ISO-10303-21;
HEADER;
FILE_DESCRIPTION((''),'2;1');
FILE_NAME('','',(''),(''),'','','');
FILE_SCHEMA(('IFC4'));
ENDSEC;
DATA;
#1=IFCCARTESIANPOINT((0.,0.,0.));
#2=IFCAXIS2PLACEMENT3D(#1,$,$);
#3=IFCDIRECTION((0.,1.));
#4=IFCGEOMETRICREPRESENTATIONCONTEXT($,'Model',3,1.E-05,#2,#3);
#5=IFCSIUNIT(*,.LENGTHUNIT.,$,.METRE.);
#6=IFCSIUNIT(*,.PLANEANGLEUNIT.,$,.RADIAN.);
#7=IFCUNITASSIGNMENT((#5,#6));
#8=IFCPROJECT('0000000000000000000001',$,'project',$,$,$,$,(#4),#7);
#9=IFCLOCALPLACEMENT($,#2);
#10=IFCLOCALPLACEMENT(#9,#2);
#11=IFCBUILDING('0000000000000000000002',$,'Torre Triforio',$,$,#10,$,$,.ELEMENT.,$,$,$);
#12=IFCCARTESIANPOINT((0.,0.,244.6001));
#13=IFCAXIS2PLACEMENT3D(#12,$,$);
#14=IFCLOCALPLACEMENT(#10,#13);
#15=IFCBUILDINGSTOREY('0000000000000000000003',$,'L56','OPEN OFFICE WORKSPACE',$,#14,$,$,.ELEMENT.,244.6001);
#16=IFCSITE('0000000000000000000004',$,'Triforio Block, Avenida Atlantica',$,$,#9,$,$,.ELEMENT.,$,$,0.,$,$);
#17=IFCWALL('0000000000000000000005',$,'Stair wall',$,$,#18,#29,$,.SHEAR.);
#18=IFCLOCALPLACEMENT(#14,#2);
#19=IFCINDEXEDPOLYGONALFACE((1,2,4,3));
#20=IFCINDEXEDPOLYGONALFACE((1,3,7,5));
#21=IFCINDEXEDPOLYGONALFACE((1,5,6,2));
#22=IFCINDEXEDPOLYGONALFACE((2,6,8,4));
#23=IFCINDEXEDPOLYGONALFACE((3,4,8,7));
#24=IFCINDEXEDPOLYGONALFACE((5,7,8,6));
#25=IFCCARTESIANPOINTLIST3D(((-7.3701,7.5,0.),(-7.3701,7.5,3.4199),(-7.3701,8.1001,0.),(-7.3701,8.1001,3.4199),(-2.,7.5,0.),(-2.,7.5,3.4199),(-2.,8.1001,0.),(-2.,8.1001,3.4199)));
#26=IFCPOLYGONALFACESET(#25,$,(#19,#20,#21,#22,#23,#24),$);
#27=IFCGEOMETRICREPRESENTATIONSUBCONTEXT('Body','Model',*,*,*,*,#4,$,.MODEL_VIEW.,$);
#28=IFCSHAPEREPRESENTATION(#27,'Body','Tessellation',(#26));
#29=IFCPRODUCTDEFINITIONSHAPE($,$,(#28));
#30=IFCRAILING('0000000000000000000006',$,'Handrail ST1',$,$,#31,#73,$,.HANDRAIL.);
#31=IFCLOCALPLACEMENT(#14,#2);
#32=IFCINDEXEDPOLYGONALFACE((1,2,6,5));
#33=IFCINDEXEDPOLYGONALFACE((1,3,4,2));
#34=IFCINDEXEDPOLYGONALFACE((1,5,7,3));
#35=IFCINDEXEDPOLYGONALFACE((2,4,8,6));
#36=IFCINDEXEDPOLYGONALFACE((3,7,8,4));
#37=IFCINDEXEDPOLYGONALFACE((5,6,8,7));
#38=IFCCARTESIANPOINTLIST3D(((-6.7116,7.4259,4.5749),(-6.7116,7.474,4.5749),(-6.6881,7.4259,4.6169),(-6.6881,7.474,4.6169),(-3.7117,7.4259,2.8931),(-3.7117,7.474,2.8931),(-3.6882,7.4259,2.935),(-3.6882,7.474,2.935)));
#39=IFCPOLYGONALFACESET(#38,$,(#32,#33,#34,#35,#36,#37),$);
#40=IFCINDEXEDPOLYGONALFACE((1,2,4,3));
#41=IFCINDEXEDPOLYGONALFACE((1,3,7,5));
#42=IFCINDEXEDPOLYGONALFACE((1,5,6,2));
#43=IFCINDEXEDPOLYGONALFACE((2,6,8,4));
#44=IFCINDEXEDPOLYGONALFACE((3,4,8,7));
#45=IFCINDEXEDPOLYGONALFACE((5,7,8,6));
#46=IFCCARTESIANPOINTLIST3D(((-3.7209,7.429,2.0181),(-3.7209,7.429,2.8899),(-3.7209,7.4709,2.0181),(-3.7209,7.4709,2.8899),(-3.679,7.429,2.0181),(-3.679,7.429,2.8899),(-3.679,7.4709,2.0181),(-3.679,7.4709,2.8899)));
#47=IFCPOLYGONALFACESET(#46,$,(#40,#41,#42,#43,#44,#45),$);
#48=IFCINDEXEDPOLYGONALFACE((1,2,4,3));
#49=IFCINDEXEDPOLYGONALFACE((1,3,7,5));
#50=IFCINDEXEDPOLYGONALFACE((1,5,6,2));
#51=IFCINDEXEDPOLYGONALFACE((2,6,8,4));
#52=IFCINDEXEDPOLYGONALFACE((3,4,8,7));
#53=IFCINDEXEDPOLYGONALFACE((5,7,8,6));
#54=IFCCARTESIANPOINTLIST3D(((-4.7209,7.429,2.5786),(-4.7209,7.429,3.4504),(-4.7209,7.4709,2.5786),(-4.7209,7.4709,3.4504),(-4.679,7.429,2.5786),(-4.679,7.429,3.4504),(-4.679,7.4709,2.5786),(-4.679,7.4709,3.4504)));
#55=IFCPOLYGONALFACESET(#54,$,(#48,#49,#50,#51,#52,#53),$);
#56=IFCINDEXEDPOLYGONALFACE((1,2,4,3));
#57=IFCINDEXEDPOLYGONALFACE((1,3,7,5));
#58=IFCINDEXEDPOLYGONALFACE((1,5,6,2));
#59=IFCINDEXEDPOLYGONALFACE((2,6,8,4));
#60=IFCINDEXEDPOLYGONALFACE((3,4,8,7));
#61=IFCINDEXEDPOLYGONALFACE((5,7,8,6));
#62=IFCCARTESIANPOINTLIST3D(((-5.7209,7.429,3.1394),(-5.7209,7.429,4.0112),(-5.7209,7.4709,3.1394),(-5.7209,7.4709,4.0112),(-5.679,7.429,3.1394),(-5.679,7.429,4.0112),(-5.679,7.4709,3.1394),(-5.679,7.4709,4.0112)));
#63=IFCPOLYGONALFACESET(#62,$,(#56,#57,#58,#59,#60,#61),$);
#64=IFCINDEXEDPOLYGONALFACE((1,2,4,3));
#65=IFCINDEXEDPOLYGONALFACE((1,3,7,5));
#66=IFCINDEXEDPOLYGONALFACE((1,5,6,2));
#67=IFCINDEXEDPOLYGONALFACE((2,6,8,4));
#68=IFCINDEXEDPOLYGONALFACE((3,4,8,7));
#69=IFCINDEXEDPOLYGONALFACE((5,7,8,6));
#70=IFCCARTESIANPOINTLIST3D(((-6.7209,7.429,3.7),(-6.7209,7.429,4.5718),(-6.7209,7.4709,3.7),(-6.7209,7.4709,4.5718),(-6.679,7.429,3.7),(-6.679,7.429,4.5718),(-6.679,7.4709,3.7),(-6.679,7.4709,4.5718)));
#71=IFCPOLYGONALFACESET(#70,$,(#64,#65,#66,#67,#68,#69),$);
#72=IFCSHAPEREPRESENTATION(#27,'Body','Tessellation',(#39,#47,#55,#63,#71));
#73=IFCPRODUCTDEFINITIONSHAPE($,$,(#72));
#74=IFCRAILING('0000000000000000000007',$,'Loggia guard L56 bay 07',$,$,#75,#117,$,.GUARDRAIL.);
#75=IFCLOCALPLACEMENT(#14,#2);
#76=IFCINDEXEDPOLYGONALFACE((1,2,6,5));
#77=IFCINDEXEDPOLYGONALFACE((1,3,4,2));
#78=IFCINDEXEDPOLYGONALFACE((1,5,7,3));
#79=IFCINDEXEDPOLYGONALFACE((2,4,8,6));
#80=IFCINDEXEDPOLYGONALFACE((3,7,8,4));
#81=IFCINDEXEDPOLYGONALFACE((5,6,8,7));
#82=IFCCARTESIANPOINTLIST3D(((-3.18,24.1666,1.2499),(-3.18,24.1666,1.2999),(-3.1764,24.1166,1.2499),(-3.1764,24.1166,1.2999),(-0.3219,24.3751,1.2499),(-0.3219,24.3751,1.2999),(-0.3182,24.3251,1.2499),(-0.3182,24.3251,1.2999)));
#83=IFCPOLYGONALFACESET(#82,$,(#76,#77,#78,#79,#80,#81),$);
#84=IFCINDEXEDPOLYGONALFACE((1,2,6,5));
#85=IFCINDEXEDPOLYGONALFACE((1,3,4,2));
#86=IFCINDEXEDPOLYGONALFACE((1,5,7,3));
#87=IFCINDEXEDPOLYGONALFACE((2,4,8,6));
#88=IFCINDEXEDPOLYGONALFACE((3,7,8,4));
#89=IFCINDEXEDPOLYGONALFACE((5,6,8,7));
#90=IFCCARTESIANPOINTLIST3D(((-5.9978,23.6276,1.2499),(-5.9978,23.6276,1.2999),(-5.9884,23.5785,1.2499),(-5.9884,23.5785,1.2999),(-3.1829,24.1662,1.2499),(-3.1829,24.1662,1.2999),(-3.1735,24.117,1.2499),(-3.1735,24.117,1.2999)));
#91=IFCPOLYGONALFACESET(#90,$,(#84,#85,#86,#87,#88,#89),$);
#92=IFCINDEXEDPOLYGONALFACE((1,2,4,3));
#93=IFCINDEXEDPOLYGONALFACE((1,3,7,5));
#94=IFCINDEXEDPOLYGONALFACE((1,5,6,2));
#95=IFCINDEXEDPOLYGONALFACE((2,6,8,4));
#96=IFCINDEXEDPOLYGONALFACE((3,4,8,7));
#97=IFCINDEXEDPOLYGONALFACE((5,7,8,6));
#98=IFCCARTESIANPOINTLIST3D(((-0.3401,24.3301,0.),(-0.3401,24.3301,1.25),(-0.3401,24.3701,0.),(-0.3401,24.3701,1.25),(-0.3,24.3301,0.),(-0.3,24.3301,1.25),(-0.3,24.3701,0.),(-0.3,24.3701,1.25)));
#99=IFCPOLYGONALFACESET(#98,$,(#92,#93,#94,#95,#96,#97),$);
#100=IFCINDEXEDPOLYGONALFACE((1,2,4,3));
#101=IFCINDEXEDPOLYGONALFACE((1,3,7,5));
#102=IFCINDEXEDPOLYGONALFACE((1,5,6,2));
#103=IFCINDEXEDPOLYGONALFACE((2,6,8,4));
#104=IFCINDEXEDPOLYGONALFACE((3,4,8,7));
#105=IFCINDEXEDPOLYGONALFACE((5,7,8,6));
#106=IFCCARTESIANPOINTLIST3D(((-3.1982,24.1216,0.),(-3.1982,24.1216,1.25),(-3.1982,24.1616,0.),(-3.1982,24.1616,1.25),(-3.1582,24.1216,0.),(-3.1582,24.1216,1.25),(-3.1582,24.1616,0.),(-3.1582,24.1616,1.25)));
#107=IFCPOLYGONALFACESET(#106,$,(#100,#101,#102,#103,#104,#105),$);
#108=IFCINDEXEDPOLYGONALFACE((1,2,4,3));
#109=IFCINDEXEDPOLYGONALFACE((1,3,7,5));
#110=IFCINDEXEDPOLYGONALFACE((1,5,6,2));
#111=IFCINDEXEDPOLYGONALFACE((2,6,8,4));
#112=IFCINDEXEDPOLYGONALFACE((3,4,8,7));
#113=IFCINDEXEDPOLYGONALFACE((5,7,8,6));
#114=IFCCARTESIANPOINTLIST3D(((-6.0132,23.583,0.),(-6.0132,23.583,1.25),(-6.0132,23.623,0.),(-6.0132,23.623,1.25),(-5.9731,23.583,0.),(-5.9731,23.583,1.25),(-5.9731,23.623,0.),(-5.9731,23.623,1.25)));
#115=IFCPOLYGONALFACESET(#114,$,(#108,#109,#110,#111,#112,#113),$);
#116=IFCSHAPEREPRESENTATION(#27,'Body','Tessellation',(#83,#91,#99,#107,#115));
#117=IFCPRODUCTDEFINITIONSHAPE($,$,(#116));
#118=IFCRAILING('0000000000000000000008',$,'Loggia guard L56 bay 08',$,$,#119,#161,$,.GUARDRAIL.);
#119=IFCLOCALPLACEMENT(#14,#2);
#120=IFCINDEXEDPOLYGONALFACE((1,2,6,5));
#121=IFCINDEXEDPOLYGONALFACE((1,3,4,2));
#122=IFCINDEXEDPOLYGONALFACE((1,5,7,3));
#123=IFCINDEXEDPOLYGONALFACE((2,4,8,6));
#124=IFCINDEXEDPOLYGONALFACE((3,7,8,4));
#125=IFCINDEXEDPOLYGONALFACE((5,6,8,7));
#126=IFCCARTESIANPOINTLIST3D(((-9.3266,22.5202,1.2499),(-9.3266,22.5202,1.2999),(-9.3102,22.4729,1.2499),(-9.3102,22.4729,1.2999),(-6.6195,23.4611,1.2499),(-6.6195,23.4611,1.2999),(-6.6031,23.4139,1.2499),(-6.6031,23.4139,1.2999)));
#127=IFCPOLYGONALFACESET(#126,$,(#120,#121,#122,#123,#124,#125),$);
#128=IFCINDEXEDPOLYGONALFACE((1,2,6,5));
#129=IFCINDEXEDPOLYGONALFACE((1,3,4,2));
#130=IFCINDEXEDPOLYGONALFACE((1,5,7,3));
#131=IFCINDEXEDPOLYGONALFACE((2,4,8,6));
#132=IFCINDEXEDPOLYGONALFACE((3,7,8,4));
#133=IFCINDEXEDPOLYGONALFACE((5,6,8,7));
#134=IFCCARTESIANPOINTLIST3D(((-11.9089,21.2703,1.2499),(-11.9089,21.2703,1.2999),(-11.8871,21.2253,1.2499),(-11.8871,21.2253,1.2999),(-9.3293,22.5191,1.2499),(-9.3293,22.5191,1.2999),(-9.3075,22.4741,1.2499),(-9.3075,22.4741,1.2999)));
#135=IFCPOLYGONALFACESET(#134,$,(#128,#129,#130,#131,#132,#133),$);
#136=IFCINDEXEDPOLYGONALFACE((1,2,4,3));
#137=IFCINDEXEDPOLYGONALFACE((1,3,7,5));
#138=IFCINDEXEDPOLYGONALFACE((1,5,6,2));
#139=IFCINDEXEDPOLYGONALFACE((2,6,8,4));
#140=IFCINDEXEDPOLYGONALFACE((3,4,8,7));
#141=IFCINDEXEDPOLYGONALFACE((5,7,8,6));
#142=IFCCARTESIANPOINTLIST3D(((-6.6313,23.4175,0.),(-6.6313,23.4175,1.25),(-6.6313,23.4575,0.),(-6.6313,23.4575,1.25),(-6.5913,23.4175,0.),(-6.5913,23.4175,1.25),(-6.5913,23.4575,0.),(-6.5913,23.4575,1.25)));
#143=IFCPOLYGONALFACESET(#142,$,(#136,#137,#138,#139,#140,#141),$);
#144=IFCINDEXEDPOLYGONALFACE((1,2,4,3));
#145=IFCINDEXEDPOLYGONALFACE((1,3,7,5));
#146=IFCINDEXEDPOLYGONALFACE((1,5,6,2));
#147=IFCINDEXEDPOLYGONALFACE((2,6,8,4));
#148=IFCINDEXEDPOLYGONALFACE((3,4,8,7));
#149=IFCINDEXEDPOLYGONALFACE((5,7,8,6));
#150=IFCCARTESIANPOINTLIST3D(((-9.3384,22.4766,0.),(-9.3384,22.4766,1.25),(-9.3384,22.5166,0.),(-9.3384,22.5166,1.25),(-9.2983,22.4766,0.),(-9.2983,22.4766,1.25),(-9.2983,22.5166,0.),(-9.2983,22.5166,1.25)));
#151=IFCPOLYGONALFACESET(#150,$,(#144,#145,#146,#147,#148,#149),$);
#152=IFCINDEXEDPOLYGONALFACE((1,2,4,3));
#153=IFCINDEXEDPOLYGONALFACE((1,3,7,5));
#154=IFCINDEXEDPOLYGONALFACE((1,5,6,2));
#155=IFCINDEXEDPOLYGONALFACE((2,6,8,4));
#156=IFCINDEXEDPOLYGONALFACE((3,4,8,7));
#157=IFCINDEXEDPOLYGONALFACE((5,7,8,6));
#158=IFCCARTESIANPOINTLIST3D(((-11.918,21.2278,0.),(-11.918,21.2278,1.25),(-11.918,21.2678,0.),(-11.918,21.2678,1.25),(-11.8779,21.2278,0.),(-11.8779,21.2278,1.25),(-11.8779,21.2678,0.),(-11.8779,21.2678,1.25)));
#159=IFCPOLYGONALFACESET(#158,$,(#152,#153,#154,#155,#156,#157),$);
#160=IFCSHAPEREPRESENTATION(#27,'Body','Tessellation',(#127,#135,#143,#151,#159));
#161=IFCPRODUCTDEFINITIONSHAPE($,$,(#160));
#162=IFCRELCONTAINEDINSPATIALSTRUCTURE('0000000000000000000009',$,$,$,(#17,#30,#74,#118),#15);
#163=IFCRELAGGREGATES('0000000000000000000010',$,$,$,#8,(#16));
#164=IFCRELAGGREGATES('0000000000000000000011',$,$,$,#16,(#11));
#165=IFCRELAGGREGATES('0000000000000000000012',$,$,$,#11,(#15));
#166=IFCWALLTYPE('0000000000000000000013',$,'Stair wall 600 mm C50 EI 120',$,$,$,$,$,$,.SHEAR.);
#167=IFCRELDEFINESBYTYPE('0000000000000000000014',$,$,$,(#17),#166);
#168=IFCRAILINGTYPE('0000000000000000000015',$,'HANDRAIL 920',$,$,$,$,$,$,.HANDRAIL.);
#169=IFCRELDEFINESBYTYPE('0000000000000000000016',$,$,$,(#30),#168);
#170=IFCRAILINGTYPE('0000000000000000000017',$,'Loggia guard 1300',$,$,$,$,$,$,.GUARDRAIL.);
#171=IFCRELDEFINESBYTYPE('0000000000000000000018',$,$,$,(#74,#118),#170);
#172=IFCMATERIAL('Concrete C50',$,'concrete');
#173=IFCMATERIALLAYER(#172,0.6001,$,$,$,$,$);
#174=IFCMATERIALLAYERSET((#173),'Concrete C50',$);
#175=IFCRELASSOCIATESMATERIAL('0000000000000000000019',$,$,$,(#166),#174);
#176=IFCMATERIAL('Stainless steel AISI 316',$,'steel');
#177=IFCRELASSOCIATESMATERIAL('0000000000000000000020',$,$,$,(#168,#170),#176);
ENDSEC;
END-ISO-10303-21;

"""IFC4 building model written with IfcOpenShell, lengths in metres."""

from ifc_helpers import new_model, si_unit, direction, frame, frame_2d, origin, origin_2d, place, context, subcontext, project, spatial, rectangle, extrude, material, layer, layer_set, type_object, element, save


model = new_model("IFC4")

# Units and contexts
model_context = context("Model", 3, precision=1e-05, world=origin(), true_north=direction((0.0, 1.0)))
body_context = subcontext(model_context, "Body", "Model", "MODEL_VIEW")
ifc_project = project(units=[si_unit("LENGTHUNIT", "METRE"), si_unit("PLANEANGLEUNIT", "RADIAN")], contexts=[model_context])

# Site, building, storey
site_placement = place(None, origin())
site = spatial("IfcSite", under=ifc_project, at=site_placement, Name="Triforio Block, Avenida Atlantica", CompositionType="ELEMENT", RefElevation=0.0)
building_placement = place(site_placement, origin())
building = spatial("IfcBuilding", under=site, at=building_placement, Name="Torre Triforio", CompositionType="ELEMENT")
storey_placement = place(building_placement, frame((0.0, 0.0, 244.6001)))
storey = spatial("IfcBuildingStorey", under=building, at=storey_placement, Name="L56", Description="OPEN OFFICE WORKSPACE", CompositionType="ELEMENT", Elevation=244.6001)

# Shared definitions
ifc_material_1 = material(Name="Concrete C50", Category="concrete")

# Wall
ifc_layer_1 = layer(ifc_material_1, 0.6001)
ifc_layer_set_1 = layer_set([ifc_layer_1], Name="Concrete C50")
wall_type_1 = type_object("IfcWallType", Name="Stair wall 600 mm C50 EI 120", PredefinedType="SHEAR", material=ifc_layer_set_1)
wall_1_placement = place(storey_placement, frame((-7.3701, 7.8, 0.0), z_axis=(0.0, 0.0, 1.0), x_axis=(1.0, 0.0, 0.0)))
element("IfcWall", 1, at=wall_1_placement, inside=storey, type_object=wall_type_1, Name="Stair wall", PredefinedType="SHEAR", context=body_context, shape_type="SweptSolid", body=[
    extrude(rectangle(XDim=5.3701, YDim=0.6001, at=frame_2d((2.6851, 0.0))), origin(), (0.0, 0.0, 1.0), 3.4199),
])

# Railings
ifc_material_2 = material(Name="Stainless steel AISI 316", Category="steel")
railing_type_1 = type_object("IfcRailingType", Name="HANDRAIL 920", PredefinedType="HANDRAIL", material=ifc_material_2)
railing_1_placement = place(storey_placement, frame((-3.7, 7.45, 2.0181)))
element("IfcRailing", 2, at=railing_1_placement, inside=storey, type_object=railing_type_1, Name="Handrail ST1", PredefinedType="HANDRAIL", context=body_context, shape_type="SweptSolid", body=[
    extrude(rectangle(XDim=0.0481, YDim=0.0481, at=origin_2d()), frame((0.0, 0.0, 0.896), z_axis=(-0.872272, 0.0, 0.48902), x_axis=(0.0, -1.0, 0.0)), (0.0, 0.0, 1.0), 3.4392),
    extrude(rectangle(XDim=0.042, YDim=0.042, at=origin_2d()), origin(), (0.0, 0.0, 1.0), 0.8718),
    extrude(rectangle(XDim=0.042, YDim=0.042, at=origin_2d()), frame((-1.0, 0.0, 0.5605)), (0.0, 0.0, 1.0), 0.8718),
    extrude(rectangle(XDim=0.042, YDim=0.042, at=origin_2d()), frame((-2.0, 0.0, 1.1213)), (0.0, 0.0, 1.0), 0.8718),
    extrude(rectangle(XDim=0.042, YDim=0.042, at=origin_2d()), frame((-3.0, 0.0, 1.6819)), (0.0, 0.0, 1.0), 0.8718),
])
railing_type_2 = type_object("IfcRailingType", Name="Loggia guard 1300", PredefinedType="GUARDRAIL", material=ifc_material_2)
railing_2_placement = place(storey_placement, frame((-0.3201, 24.3501, 0.0)))
element("IfcRailing", 3, at=railing_2_placement, inside=storey, type_object=railing_type_2, Name="Loggia guard L56 bay 07", PredefinedType="GUARDRAIL", context=body_context, shape_type="SweptSolid", body=[
    extrude(rectangle(XDim=0.05, YDim=0.05, at=origin_2d()), frame((0.0, 0.0, 1.2749), z_axis=(-0.99735, -0.072754, 0.0), x_axis=(0.072754, -0.99735, 0.0)), (0.0, 0.0, 1.0), 2.8657),
    extrude(rectangle(XDim=0.05, YDim=0.05, at=origin_2d()), frame((-2.8582, -0.2085, 1.2749), z_axis=(-0.982185, -0.187918, 0.0), x_axis=(0.187918, -0.982185, 0.0)), (0.0, 0.0, 1.0), 2.866),
    extrude(rectangle(XDim=0.04, YDim=0.04, at=origin_2d()), origin(), (0.0, 0.0, 1.0), 1.25),
    extrude(rectangle(XDim=0.04, YDim=0.04, at=origin_2d()), frame((-2.8582, -0.2085, 0.0)), (0.0, 0.0, 1.0), 1.25),
    extrude(rectangle(XDim=0.04, YDim=0.04, at=origin_2d()), frame((-5.6731, -0.7471, 0.0)), (0.0, 0.0, 1.0), 1.25),
])
railing_3_placement = place(storey_placement, frame((-6.6113, 23.4375, 0.0)))
element("IfcRailing", 4, at=railing_3_placement, inside=storey, type_object=railing_type_2, Name="Loggia guard L56 bay 08", PredefinedType="GUARDRAIL", context=body_context, shape_type="SweptSolid", body=[
    extrude(rectangle(XDim=0.05, YDim=0.05, at=origin_2d()), frame((0.0, 0.0, 1.2749), z_axis=(-0.944568, -0.328316, 0.0), x_axis=(0.328316, -0.944568, 0.0)), (0.0, 0.0, 1.0), 2.866),
    extrude(rectangle(XDim=0.05, YDim=0.05, at=origin_2d()), frame((-2.707, -0.9409, 1.2749), z_axis=(-0.900078, -0.435728, 0.0), x_axis=(0.435728, -0.900078, 0.0)), (0.0, 0.0, 1.0), 2.866),
    extrude(rectangle(XDim=0.04, YDim=0.04, at=origin_2d()), origin(), (0.0, 0.0, 1.0), 1.25),
    extrude(rectangle(XDim=0.04, YDim=0.04, at=origin_2d()), frame((-2.707, -0.9409, 0.0)), (0.0, 0.0, 1.0), 1.25),
    extrude(rectangle(XDim=0.04, YDim=0.04, at=origin_2d()), frame((-5.2866, -2.1897, 0.0)), (0.0, 0.0, 1.0), 1.25),
])

save(model, "model.ifc")
